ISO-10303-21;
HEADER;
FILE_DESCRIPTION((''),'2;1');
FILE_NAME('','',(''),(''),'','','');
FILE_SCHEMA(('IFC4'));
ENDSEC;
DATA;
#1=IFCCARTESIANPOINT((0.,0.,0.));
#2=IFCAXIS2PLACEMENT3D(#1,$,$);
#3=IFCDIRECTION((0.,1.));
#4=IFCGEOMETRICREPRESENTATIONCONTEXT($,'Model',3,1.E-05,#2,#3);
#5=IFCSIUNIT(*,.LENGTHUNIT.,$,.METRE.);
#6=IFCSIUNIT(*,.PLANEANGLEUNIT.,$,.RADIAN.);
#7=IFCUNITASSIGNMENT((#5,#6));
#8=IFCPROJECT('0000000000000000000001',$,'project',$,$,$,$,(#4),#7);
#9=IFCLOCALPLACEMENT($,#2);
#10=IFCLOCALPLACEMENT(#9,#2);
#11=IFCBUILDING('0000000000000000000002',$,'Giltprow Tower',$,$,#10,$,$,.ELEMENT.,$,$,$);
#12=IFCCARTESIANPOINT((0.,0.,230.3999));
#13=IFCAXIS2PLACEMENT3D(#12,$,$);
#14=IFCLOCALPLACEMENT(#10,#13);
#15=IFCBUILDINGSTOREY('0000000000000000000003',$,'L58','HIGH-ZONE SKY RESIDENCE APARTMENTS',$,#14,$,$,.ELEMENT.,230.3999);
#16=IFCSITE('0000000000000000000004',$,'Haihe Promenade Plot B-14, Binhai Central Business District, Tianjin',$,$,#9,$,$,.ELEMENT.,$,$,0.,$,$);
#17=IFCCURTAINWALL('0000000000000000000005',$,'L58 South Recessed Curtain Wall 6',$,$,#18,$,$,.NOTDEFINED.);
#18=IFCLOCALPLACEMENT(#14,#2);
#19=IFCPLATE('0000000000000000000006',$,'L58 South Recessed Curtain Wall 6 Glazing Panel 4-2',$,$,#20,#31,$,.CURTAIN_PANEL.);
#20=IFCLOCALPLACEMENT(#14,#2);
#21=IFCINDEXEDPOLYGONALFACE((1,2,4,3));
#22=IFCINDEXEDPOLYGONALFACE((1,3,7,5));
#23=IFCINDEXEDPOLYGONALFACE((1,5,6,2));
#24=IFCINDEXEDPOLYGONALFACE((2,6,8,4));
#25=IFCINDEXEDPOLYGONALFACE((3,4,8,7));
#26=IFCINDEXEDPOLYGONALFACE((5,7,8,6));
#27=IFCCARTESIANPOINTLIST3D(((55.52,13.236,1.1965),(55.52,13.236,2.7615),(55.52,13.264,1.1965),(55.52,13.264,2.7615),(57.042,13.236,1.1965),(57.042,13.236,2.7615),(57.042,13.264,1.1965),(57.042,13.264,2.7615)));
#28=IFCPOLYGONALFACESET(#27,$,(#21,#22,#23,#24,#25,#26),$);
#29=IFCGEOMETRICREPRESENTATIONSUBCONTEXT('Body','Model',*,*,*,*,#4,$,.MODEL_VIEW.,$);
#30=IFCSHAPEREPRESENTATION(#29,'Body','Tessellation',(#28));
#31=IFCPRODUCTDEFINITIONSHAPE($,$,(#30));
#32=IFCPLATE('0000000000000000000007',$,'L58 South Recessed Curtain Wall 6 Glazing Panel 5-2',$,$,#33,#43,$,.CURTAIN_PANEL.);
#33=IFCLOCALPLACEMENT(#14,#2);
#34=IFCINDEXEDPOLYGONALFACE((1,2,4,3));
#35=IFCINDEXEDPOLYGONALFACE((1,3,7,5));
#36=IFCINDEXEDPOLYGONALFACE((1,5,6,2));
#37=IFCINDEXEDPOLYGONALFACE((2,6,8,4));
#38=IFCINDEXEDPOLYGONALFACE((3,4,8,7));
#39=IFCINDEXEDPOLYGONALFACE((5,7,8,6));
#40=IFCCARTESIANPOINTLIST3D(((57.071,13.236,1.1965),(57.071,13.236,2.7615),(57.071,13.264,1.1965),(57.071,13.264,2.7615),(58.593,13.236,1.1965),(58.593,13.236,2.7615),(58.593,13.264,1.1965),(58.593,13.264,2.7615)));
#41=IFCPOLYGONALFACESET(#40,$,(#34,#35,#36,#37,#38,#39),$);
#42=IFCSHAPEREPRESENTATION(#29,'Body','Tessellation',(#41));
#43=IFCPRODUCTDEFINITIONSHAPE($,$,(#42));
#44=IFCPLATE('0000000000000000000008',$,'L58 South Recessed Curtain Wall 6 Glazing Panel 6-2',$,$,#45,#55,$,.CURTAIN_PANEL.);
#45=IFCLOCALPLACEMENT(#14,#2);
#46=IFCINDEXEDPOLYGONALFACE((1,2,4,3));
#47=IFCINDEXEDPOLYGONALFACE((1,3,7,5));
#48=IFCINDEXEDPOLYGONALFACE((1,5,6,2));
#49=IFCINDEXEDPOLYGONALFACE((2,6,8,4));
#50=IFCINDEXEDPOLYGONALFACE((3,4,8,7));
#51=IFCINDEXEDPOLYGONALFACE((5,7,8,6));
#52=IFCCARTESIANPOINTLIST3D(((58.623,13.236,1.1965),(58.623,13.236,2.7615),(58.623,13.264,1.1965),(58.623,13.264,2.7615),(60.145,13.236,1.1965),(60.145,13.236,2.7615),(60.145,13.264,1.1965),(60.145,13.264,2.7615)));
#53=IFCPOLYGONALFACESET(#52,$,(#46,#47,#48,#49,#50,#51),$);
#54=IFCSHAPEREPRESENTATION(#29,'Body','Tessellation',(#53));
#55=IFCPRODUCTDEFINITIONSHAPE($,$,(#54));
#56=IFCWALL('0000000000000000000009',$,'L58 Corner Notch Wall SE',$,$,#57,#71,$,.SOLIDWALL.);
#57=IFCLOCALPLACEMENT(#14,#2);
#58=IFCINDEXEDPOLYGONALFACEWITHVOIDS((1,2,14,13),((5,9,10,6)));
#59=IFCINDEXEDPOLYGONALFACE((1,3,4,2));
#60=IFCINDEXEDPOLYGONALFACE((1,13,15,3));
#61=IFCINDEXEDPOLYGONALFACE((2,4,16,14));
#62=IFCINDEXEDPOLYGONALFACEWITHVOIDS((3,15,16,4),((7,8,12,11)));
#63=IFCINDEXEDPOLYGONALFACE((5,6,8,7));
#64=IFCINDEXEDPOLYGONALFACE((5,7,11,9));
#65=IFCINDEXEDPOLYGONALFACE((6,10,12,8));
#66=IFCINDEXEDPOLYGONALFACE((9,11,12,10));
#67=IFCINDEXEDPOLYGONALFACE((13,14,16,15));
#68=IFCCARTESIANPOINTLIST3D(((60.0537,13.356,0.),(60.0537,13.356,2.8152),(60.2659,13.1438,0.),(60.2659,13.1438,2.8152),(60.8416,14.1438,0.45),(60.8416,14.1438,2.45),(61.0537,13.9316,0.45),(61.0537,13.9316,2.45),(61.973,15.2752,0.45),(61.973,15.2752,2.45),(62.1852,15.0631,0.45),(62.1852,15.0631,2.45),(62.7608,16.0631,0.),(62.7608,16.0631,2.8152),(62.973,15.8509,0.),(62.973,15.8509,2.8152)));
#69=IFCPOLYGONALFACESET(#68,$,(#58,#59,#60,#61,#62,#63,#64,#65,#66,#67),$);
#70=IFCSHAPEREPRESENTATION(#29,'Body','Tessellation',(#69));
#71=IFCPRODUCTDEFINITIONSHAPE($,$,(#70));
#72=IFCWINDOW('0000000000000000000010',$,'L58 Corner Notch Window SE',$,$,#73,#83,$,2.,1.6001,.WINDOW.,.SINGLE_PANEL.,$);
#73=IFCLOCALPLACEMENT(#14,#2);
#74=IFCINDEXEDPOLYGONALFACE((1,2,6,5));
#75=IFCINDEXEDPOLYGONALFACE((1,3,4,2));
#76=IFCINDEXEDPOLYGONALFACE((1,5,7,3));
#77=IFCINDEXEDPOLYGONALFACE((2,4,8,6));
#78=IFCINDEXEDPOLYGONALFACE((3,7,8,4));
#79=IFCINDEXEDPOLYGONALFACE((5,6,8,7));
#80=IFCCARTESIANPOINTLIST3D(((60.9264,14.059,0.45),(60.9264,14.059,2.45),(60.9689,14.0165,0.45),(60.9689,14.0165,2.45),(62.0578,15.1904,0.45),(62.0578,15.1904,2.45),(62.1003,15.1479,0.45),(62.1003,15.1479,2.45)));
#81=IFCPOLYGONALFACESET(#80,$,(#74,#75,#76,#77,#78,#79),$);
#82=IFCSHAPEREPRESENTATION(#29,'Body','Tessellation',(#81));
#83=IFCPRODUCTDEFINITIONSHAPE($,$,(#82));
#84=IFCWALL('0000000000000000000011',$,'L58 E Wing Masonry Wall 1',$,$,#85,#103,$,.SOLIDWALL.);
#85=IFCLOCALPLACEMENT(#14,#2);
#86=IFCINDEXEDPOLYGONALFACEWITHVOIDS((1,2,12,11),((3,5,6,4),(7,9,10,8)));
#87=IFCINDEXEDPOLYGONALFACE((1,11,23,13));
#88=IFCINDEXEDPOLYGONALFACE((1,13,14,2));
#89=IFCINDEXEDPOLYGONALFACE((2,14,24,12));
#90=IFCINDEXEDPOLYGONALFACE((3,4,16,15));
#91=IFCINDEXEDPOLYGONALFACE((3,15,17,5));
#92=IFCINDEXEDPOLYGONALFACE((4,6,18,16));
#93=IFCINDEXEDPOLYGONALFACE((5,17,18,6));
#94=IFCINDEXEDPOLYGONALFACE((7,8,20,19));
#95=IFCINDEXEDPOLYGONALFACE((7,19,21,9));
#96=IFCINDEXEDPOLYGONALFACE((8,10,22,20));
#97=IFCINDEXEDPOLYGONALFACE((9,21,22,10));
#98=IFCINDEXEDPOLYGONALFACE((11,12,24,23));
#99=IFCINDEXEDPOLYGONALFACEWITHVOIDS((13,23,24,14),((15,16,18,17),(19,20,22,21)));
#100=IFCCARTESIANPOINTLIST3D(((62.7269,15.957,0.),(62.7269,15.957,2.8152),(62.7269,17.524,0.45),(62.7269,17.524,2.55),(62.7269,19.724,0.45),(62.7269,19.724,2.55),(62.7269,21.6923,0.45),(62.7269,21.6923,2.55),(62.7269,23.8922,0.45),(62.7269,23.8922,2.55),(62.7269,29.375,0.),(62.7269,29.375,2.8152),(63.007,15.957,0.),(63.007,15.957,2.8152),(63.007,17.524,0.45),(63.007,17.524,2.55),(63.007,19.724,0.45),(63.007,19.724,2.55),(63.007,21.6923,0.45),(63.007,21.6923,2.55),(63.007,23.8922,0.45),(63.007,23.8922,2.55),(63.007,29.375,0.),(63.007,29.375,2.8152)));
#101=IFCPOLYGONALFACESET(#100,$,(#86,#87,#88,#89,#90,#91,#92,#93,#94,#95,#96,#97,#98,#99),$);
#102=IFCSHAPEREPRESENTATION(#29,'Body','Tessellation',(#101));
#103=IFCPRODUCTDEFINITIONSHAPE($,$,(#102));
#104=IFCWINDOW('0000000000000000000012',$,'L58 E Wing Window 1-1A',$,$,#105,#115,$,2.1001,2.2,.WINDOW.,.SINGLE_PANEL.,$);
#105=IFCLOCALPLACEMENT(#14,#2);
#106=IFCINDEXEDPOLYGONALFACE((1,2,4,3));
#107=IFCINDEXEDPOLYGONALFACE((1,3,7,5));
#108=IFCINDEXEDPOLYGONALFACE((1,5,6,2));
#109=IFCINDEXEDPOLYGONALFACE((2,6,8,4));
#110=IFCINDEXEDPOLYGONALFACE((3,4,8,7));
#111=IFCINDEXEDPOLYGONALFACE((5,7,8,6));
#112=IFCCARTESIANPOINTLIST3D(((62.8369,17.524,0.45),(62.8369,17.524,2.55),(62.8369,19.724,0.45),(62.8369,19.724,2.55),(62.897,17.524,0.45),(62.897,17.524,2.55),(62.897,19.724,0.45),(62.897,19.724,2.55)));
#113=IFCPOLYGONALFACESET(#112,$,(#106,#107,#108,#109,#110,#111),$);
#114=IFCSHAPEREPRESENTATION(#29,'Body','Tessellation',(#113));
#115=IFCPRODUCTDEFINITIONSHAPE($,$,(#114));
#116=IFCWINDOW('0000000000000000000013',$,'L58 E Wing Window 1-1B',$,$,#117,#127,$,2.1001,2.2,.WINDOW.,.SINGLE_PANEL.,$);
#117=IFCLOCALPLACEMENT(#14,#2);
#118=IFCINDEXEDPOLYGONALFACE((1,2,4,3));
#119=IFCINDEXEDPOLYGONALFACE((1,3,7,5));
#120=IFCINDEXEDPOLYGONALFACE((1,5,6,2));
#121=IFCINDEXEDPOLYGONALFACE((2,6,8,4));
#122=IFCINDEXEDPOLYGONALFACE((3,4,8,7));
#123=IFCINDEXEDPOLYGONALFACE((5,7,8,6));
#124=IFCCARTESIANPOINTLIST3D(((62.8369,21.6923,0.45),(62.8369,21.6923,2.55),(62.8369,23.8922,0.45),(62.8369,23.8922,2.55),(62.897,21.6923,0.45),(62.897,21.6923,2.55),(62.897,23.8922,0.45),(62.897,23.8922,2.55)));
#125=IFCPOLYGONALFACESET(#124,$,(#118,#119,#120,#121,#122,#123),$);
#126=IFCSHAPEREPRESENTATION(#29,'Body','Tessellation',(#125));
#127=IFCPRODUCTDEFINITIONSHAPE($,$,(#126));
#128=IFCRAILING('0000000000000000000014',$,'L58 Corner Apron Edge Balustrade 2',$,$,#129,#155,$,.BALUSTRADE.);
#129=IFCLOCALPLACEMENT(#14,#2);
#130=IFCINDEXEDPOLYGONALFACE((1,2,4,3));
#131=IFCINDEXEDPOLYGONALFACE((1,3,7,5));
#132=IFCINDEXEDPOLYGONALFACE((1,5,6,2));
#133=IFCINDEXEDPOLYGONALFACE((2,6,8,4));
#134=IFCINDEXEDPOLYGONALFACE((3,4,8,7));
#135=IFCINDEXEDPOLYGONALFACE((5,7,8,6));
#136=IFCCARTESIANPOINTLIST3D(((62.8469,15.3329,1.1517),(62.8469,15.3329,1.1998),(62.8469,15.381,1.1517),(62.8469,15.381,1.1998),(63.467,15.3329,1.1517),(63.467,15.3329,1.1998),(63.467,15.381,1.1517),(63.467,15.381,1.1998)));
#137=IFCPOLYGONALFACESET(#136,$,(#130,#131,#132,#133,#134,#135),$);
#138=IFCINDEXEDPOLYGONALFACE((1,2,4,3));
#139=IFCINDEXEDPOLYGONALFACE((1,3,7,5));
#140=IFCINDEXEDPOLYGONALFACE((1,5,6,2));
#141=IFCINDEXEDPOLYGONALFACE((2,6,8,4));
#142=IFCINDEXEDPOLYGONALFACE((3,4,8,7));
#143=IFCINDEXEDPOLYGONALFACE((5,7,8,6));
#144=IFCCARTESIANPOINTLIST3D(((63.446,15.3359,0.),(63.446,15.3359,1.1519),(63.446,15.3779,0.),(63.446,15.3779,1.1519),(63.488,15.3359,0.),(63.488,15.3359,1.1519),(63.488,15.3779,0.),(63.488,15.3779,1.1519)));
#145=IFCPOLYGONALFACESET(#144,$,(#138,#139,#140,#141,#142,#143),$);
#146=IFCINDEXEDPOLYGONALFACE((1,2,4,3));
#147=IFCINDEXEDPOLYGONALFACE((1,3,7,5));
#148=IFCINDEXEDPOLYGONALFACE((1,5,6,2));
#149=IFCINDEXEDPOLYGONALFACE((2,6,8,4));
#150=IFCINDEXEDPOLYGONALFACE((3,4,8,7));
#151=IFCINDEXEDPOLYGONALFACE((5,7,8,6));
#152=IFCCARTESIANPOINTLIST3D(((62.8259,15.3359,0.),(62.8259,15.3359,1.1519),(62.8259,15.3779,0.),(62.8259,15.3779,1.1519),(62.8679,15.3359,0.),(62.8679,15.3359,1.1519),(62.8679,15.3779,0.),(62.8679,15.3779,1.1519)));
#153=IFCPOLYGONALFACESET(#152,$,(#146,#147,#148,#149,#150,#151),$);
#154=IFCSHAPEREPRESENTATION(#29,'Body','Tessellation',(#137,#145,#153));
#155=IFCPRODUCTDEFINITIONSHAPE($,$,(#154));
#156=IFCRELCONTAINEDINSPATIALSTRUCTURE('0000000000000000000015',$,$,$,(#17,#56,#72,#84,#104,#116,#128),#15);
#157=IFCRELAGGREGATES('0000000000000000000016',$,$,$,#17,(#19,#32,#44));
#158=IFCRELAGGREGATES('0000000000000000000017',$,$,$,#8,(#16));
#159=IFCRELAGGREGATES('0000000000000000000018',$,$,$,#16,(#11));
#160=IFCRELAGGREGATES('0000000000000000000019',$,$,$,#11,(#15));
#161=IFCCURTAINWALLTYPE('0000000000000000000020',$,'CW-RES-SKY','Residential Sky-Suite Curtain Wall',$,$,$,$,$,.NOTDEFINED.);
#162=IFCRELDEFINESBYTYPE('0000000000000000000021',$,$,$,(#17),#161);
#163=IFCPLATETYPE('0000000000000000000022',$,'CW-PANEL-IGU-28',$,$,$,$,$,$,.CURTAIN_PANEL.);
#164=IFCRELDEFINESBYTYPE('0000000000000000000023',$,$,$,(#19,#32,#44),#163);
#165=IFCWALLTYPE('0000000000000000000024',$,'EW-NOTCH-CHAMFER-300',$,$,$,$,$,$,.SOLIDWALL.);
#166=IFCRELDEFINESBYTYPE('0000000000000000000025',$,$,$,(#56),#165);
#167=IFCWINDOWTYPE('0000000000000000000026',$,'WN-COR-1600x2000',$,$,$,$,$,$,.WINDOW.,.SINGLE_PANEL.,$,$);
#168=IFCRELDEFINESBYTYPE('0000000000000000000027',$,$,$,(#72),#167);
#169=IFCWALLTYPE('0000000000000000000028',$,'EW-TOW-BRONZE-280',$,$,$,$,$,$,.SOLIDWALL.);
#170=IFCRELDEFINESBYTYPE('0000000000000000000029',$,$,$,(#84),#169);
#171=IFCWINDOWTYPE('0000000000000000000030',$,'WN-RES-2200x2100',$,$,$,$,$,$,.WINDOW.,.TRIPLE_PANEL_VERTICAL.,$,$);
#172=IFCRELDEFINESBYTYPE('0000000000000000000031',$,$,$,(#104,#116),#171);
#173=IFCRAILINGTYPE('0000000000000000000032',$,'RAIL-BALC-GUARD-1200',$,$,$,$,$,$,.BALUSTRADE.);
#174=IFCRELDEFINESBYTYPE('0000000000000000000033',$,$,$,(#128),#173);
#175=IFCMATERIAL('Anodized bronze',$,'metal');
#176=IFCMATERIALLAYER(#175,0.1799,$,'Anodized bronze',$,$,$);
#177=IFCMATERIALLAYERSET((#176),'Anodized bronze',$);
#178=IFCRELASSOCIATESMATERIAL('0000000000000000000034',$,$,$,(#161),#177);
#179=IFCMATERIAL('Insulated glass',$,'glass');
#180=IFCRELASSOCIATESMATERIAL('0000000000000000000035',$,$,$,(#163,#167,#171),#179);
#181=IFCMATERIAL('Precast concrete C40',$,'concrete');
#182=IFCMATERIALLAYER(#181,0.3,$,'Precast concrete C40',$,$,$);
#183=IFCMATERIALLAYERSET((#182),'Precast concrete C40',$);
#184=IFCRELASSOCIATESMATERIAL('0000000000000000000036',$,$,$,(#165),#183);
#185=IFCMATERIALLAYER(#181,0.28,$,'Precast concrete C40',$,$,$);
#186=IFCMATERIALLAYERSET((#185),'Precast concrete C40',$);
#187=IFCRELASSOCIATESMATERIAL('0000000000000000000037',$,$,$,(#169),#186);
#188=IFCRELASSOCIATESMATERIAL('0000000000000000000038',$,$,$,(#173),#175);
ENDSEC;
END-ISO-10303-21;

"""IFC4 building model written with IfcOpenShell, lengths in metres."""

from ifc_helpers import new_model, si_unit, direction, frame, frame_2d, origin, origin_2d, place, context, subcontext, project, spatial, rectangle, extrude, source, transform, mapped, material, layer, layer_set, type_object, element, fill, aggregate, save


model = new_model("IFC4")

# Units and contexts
model_context = context("Model", 3, precision=1e-05, world=origin(), true_north=direction((0.0, 1.0)))
body_context = subcontext(model_context, "Body", "Model", "MODEL_VIEW")
ifc_project = project(units=[si_unit("LENGTHUNIT", "METRE"), si_unit("PLANEANGLEUNIT", "RADIAN")], contexts=[model_context])

# Site, building, storey
site_placement = place(None, origin())
site = spatial("IfcSite", under=ifc_project, at=site_placement, Name="Haihe Promenade Plot B-14, Binhai Central Business District, Tianjin", CompositionType="ELEMENT", RefElevation=0.0)
building_placement = place(site_placement, origin())
building = spatial("IfcBuilding", under=site, at=building_placement, Name="Giltprow Tower", CompositionType="ELEMENT")
storey_placement = place(building_placement, frame((0.0, 0.0, 230.3999)))
storey = spatial("IfcBuildingStorey", under=building, at=storey_placement, Name="L58", Description="HIGH-ZONE SKY RESIDENCE APARTMENTS", CompositionType="ELEMENT", Elevation=230.3999)

# Curtain wall
ifc_material_1 = material(Name="Anodized bronze", Category="metal")
ifc_layer_1 = layer(ifc_material_1, 0.1799, Name="Anodized bronze")
ifc_layer_set_1 = layer_set([ifc_layer_1], Name="Anodized bronze")
curtain_wall_type = type_object("IfcCurtainWallType", Name="CW-RES-SKY", Description="Residential Sky-Suite Curtain Wall", PredefinedType="NOTDEFINED", material=ifc_layer_set_1)
curtain_wall_placement = place(storey_placement, origin())
curtain_wall = element("IfcCurtainWall", 1, at=curtain_wall_placement, inside=storey, type_object=curtain_wall_type, Name="L58 South Recessed Curtain Wall 6", PredefinedType="NOTDEFINED")

# Plates
ifc_material_2 = material(Name="Insulated glass", Category="glass")
plate_type_1 = type_object("IfcPlateType", Name="CW-PANEL-IGU-28", PredefinedType="CURTAIN_PANEL", material=ifc_material_2)
shared_shape_1 = source(origin(), body_context, "Body", "SweptSolid", [
    extrude(rectangle(XDim=1.522, YDim=0.0281, at=origin_2d()), origin(), (0.0, 0.0, 1.0), 1.5649),
])
plate_1_placement = place(storey_placement, frame((56.281, 13.25, 1.1965), z_axis=(0.0, 0.0, 1.0), x_axis=(1.0, 0.0, 0.0)))
plate_1 = element("IfcPlate", 2, at=plate_1_placement, type_object=plate_type_1, Name="L58 South Recessed Curtain Wall 6 Glazing Panel 4-2", PredefinedType="CURTAIN_PANEL", context=body_context, shape_type="MappedRepresentation", body=[
    mapped(shared_shape_1, transform((0.0, 0.0, 0.0), x_axis=(1.0, 0.0, 0.0), y_axis=(0.0, 1.0, 0.0), z_axis=(0.0, 0.0, 1.0), scale=1.0)),
])
plate_2_placement = place(storey_placement, frame((57.832, 13.25, 1.1965), z_axis=(0.0, 0.0, 1.0), x_axis=(1.0, 0.0, 0.0)))
plate_2 = element("IfcPlate", 3, at=plate_2_placement, type_object=plate_type_1, Name="L58 South Recessed Curtain Wall 6 Glazing Panel 5-2", PredefinedType="CURTAIN_PANEL", context=body_context, shape_type="MappedRepresentation", body=[
    mapped(shared_shape_1, transform((0.0, 0.0, 0.0), x_axis=(1.0, 0.0, 0.0), y_axis=(0.0, 1.0, 0.0), z_axis=(0.0, 0.0, 1.0), scale=1.0)),
])
plate_3_placement = place(storey_placement, frame((59.384, 13.25, 1.1965), z_axis=(0.0, 0.0, 1.0), x_axis=(1.0, 0.0, 0.0)))
plate_3 = element("IfcPlate", 4, at=plate_3_placement, type_object=plate_type_1, Name="L58 South Recessed Curtain Wall 6 Glazing Panel 6-2", PredefinedType="CURTAIN_PANEL", context=body_context, shape_type="MappedRepresentation", body=[
    mapped(shared_shape_1, transform((0.0, 0.0, 0.0), x_axis=(1.0, 0.0, 0.0), y_axis=(0.0, 1.0, 0.0), z_axis=(0.0, 0.0, 1.0), scale=1.0)),
])
aggregate(curtain_wall, [plate_1, plate_2, plate_3])

# Wall, opening, window
ifc_material_3 = material(Name="Precast concrete C40", Category="concrete")
ifc_layer_2 = layer(ifc_material_3, 0.3, Name="Precast concrete C40")
ifc_layer_set_2 = layer_set([ifc_layer_2], Name="Precast concrete C40")
wall_type_1 = type_object("IfcWallType", Name="EW-NOTCH-CHAMFER-300", PredefinedType="SOLIDWALL", material=ifc_layer_set_2)
wall_1_placement = place(storey_placement, frame((60.1599, 13.25, 0.0), z_axis=(0.0, 0.0, 1.0), x_axis=(0.707107, 0.707107, 0.0)))
wall_1 = element("IfcWall", 5, at=wall_1_placement, inside=storey, type_object=wall_type_1, Name="L58 Corner Notch Wall SE", PredefinedType="SOLIDWALL", context=body_context, shape_type="SweptSolid", body=[
    extrude(rectangle(XDim=3.8284, YDim=0.3, at=frame_2d((1.9141, 0.0))), origin(), (0.0, 0.0, 1.0), 2.8152),
])
opening_1_placement = place(wall_1_placement, frame((1.114, 0.0, 0.45)))
opening_1 = element("IfcOpeningElement", 6, at=opening_1_placement, cuts=wall_1, PredefinedType="OPENING", context=body_context, shape_type="SweptSolid", body=[
    extrude(rectangle(XDim=1.6001, YDim=2.0, at=frame_2d((0.8, 1.0))), frame((0.0, 0.1599, 0.0), z_axis=(0.0, -1.0, 0.0), x_axis=(1.0, 0.0, 0.0)), (0.0, 0.0, 1.0), 0.3201),
])
window_type_1 = type_object("IfcWindowType", Name="WN-COR-1600x2000", PartitioningType="SINGLE_PANEL", PredefinedType="WINDOW", material=ifc_material_2)
shared_shape_2 = source(origin(), body_context, "Body", "SweptSolid", [
    extrude(rectangle(XDim=1.6001, YDim=2.0, at=frame_2d((0.8, 1.0))), frame((0.0, 0.03, 0.0), z_axis=(0.0, -1.0, 0.0), x_axis=(1.0, 0.0, 0.0)), (0.0, 0.0, 1.0), 0.0601),
])
window_1_placement = place(opening_1_placement, origin())
window_1 = element("IfcWindow", 7, at=window_1_placement, inside=storey, type_object=window_type_1, Name="L58 Corner Notch Window SE", OverallHeight=2.0, OverallWidth=1.6001, PartitioningType="SINGLE_PANEL", PredefinedType="WINDOW", context=body_context, shape_type="MappedRepresentation", body=[
    mapped(shared_shape_2, transform((0.0, 0.0, 0.0), x_axis=(1.0, 0.0, 0.0), y_axis=(0.0, 1.0, 0.0), z_axis=(0.0, 0.0, 1.0), scale=1.0)),
])
fill(opening_1, window_1)

# Wall, openings, windows
ifc_layer_3 = layer(ifc_material_3, 0.28, Name="Precast concrete C40")
ifc_layer_set_3 = layer_set([ifc_layer_3], Name="Precast concrete C40")
wall_type_2 = type_object("IfcWallType", Name="EW-TOW-BRONZE-280", PredefinedType="SOLIDWALL", material=ifc_layer_set_3)
wall_2_placement = place(storey_placement, frame((62.8669, 15.957, 0.0), z_axis=(0.0, 0.0, 1.0), x_axis=(0.0, 1.0, 0.0)))
wall_2 = element("IfcWall", 8, at=wall_2_placement, inside=storey, type_object=wall_type_2, Name="L58 E Wing Masonry Wall 1", PredefinedType="SOLIDWALL", context=body_context, shape_type="SweptSolid", body=[
    extrude(rectangle(XDim=13.418, YDim=0.28, at=frame_2d((6.709, 0.0))), origin(), (0.0, 0.0, 1.0), 2.8152),
])
opening_2_placement = place(wall_2_placement, frame((1.5669, 0.0, 0.45)))
opening_2 = element("IfcOpeningElement", 9, at=opening_2_placement, cuts=wall_2, PredefinedType="OPENING", context=body_context, shape_type="SweptSolid", body=[
    extrude(rectangle(XDim=2.2, YDim=2.1001, at=frame_2d((1.1001, 1.05))), frame((0.0, 0.1499, 0.0), z_axis=(0.0, -1.0, 0.0), x_axis=(1.0, 0.0, 0.0)), (0.0, 0.0, 1.0), 0.3),
])
opening_3_placement = place(wall_2_placement, frame((5.7351, 0.0, 0.45)))
opening_3 = element("IfcOpeningElement", 10, at=opening_3_placement, cuts=wall_2, PredefinedType="OPENING", context=body_context, shape_type="SweptSolid", body=[
    extrude(rectangle(XDim=2.2, YDim=2.1001, at=frame_2d((1.1001, 1.05))), frame((0.0, 0.1499, 0.0), z_axis=(0.0, -1.0, 0.0), x_axis=(1.0, 0.0, 0.0)), (0.0, 0.0, 1.0), 0.3),
])
window_type_2 = type_object("IfcWindowType", Name="WN-RES-2200x2100", PartitioningType="TRIPLE_PANEL_VERTICAL", PredefinedType="WINDOW", material=ifc_material_2)
shared_shape_3 = source(origin(), body_context, "Body", "SweptSolid", [
    extrude(rectangle(XDim=2.2, YDim=2.1001, at=frame_2d((1.1001, 1.05))), frame((0.0, 0.03, 0.0), z_axis=(0.0, -1.0, 0.0), x_axis=(1.0, 0.0, 0.0)), (0.0, 0.0, 1.0), 0.0601),
])
window_2_placement = place(opening_2_placement, origin())
window_2 = element("IfcWindow", 11, at=window_2_placement, inside=storey, type_object=window_type_2, Name="L58 E Wing Window 1-1A", OverallHeight=2.1001, OverallWidth=2.2, PartitioningType="SINGLE_PANEL", PredefinedType="WINDOW", context=body_context, shape_type="MappedRepresentation", body=[
    mapped(shared_shape_3, transform((0.0, 0.0, 0.0), x_axis=(1.0, 0.0, 0.0), y_axis=(0.0, 1.0, 0.0), z_axis=(0.0, 0.0, 1.0), scale=1.0)),
])
fill(opening_2, window_2)
window_3_placement = place(opening_3_placement, origin())
window_3 = element("IfcWindow", 12, at=window_3_placement, inside=storey, type_object=window_type_2, Name="L58 E Wing Window 1-1B", OverallHeight=2.1001, OverallWidth=2.2, PartitioningType="SINGLE_PANEL", PredefinedType="WINDOW", context=body_context, shape_type="MappedRepresentation", body=[
    mapped(shared_shape_3, transform((0.0, 0.0, 0.0), x_axis=(1.0, 0.0, 0.0), y_axis=(0.0, 1.0, 0.0), z_axis=(0.0, 0.0, 1.0), scale=1.0)),
])
fill(opening_3, window_3)

# Railing
railing_type = type_object("IfcRailingType", Name="RAIL-BALC-GUARD-1200", PredefinedType="BALUSTRADE", material=ifc_material_1)
railing_1_placement = place(storey_placement, frame((63.467, 15.3569, 0.0)))
element("IfcRailing", 13, at=railing_1_placement, inside=storey, type_object=railing_type, Name="L58 Corner Apron Edge Balustrade 2", PredefinedType="BALUSTRADE", context=body_context, shape_type="SweptSolid", body=[
    extrude(rectangle(XDim=0.0481, YDim=0.0481, at=origin_2d()), frame((0.0, 0.0, 1.1758), z_axis=(-1.0, 0.0, 0.0), x_axis=(0.0, -1.0, 0.0)), (0.0, 0.0, 1.0), 0.6201),
    extrude(rectangle(XDim=0.042, YDim=0.042, at=origin_2d()), origin(), (0.0, 0.0, 1.0), 1.1519),
    extrude(rectangle(XDim=0.042, YDim=0.042, at=origin_2d()), frame((-0.6201, 0.0, 0.0)), (0.0, 0.0, 1.0), 1.1519),
])

save(model, "model.ifc")
